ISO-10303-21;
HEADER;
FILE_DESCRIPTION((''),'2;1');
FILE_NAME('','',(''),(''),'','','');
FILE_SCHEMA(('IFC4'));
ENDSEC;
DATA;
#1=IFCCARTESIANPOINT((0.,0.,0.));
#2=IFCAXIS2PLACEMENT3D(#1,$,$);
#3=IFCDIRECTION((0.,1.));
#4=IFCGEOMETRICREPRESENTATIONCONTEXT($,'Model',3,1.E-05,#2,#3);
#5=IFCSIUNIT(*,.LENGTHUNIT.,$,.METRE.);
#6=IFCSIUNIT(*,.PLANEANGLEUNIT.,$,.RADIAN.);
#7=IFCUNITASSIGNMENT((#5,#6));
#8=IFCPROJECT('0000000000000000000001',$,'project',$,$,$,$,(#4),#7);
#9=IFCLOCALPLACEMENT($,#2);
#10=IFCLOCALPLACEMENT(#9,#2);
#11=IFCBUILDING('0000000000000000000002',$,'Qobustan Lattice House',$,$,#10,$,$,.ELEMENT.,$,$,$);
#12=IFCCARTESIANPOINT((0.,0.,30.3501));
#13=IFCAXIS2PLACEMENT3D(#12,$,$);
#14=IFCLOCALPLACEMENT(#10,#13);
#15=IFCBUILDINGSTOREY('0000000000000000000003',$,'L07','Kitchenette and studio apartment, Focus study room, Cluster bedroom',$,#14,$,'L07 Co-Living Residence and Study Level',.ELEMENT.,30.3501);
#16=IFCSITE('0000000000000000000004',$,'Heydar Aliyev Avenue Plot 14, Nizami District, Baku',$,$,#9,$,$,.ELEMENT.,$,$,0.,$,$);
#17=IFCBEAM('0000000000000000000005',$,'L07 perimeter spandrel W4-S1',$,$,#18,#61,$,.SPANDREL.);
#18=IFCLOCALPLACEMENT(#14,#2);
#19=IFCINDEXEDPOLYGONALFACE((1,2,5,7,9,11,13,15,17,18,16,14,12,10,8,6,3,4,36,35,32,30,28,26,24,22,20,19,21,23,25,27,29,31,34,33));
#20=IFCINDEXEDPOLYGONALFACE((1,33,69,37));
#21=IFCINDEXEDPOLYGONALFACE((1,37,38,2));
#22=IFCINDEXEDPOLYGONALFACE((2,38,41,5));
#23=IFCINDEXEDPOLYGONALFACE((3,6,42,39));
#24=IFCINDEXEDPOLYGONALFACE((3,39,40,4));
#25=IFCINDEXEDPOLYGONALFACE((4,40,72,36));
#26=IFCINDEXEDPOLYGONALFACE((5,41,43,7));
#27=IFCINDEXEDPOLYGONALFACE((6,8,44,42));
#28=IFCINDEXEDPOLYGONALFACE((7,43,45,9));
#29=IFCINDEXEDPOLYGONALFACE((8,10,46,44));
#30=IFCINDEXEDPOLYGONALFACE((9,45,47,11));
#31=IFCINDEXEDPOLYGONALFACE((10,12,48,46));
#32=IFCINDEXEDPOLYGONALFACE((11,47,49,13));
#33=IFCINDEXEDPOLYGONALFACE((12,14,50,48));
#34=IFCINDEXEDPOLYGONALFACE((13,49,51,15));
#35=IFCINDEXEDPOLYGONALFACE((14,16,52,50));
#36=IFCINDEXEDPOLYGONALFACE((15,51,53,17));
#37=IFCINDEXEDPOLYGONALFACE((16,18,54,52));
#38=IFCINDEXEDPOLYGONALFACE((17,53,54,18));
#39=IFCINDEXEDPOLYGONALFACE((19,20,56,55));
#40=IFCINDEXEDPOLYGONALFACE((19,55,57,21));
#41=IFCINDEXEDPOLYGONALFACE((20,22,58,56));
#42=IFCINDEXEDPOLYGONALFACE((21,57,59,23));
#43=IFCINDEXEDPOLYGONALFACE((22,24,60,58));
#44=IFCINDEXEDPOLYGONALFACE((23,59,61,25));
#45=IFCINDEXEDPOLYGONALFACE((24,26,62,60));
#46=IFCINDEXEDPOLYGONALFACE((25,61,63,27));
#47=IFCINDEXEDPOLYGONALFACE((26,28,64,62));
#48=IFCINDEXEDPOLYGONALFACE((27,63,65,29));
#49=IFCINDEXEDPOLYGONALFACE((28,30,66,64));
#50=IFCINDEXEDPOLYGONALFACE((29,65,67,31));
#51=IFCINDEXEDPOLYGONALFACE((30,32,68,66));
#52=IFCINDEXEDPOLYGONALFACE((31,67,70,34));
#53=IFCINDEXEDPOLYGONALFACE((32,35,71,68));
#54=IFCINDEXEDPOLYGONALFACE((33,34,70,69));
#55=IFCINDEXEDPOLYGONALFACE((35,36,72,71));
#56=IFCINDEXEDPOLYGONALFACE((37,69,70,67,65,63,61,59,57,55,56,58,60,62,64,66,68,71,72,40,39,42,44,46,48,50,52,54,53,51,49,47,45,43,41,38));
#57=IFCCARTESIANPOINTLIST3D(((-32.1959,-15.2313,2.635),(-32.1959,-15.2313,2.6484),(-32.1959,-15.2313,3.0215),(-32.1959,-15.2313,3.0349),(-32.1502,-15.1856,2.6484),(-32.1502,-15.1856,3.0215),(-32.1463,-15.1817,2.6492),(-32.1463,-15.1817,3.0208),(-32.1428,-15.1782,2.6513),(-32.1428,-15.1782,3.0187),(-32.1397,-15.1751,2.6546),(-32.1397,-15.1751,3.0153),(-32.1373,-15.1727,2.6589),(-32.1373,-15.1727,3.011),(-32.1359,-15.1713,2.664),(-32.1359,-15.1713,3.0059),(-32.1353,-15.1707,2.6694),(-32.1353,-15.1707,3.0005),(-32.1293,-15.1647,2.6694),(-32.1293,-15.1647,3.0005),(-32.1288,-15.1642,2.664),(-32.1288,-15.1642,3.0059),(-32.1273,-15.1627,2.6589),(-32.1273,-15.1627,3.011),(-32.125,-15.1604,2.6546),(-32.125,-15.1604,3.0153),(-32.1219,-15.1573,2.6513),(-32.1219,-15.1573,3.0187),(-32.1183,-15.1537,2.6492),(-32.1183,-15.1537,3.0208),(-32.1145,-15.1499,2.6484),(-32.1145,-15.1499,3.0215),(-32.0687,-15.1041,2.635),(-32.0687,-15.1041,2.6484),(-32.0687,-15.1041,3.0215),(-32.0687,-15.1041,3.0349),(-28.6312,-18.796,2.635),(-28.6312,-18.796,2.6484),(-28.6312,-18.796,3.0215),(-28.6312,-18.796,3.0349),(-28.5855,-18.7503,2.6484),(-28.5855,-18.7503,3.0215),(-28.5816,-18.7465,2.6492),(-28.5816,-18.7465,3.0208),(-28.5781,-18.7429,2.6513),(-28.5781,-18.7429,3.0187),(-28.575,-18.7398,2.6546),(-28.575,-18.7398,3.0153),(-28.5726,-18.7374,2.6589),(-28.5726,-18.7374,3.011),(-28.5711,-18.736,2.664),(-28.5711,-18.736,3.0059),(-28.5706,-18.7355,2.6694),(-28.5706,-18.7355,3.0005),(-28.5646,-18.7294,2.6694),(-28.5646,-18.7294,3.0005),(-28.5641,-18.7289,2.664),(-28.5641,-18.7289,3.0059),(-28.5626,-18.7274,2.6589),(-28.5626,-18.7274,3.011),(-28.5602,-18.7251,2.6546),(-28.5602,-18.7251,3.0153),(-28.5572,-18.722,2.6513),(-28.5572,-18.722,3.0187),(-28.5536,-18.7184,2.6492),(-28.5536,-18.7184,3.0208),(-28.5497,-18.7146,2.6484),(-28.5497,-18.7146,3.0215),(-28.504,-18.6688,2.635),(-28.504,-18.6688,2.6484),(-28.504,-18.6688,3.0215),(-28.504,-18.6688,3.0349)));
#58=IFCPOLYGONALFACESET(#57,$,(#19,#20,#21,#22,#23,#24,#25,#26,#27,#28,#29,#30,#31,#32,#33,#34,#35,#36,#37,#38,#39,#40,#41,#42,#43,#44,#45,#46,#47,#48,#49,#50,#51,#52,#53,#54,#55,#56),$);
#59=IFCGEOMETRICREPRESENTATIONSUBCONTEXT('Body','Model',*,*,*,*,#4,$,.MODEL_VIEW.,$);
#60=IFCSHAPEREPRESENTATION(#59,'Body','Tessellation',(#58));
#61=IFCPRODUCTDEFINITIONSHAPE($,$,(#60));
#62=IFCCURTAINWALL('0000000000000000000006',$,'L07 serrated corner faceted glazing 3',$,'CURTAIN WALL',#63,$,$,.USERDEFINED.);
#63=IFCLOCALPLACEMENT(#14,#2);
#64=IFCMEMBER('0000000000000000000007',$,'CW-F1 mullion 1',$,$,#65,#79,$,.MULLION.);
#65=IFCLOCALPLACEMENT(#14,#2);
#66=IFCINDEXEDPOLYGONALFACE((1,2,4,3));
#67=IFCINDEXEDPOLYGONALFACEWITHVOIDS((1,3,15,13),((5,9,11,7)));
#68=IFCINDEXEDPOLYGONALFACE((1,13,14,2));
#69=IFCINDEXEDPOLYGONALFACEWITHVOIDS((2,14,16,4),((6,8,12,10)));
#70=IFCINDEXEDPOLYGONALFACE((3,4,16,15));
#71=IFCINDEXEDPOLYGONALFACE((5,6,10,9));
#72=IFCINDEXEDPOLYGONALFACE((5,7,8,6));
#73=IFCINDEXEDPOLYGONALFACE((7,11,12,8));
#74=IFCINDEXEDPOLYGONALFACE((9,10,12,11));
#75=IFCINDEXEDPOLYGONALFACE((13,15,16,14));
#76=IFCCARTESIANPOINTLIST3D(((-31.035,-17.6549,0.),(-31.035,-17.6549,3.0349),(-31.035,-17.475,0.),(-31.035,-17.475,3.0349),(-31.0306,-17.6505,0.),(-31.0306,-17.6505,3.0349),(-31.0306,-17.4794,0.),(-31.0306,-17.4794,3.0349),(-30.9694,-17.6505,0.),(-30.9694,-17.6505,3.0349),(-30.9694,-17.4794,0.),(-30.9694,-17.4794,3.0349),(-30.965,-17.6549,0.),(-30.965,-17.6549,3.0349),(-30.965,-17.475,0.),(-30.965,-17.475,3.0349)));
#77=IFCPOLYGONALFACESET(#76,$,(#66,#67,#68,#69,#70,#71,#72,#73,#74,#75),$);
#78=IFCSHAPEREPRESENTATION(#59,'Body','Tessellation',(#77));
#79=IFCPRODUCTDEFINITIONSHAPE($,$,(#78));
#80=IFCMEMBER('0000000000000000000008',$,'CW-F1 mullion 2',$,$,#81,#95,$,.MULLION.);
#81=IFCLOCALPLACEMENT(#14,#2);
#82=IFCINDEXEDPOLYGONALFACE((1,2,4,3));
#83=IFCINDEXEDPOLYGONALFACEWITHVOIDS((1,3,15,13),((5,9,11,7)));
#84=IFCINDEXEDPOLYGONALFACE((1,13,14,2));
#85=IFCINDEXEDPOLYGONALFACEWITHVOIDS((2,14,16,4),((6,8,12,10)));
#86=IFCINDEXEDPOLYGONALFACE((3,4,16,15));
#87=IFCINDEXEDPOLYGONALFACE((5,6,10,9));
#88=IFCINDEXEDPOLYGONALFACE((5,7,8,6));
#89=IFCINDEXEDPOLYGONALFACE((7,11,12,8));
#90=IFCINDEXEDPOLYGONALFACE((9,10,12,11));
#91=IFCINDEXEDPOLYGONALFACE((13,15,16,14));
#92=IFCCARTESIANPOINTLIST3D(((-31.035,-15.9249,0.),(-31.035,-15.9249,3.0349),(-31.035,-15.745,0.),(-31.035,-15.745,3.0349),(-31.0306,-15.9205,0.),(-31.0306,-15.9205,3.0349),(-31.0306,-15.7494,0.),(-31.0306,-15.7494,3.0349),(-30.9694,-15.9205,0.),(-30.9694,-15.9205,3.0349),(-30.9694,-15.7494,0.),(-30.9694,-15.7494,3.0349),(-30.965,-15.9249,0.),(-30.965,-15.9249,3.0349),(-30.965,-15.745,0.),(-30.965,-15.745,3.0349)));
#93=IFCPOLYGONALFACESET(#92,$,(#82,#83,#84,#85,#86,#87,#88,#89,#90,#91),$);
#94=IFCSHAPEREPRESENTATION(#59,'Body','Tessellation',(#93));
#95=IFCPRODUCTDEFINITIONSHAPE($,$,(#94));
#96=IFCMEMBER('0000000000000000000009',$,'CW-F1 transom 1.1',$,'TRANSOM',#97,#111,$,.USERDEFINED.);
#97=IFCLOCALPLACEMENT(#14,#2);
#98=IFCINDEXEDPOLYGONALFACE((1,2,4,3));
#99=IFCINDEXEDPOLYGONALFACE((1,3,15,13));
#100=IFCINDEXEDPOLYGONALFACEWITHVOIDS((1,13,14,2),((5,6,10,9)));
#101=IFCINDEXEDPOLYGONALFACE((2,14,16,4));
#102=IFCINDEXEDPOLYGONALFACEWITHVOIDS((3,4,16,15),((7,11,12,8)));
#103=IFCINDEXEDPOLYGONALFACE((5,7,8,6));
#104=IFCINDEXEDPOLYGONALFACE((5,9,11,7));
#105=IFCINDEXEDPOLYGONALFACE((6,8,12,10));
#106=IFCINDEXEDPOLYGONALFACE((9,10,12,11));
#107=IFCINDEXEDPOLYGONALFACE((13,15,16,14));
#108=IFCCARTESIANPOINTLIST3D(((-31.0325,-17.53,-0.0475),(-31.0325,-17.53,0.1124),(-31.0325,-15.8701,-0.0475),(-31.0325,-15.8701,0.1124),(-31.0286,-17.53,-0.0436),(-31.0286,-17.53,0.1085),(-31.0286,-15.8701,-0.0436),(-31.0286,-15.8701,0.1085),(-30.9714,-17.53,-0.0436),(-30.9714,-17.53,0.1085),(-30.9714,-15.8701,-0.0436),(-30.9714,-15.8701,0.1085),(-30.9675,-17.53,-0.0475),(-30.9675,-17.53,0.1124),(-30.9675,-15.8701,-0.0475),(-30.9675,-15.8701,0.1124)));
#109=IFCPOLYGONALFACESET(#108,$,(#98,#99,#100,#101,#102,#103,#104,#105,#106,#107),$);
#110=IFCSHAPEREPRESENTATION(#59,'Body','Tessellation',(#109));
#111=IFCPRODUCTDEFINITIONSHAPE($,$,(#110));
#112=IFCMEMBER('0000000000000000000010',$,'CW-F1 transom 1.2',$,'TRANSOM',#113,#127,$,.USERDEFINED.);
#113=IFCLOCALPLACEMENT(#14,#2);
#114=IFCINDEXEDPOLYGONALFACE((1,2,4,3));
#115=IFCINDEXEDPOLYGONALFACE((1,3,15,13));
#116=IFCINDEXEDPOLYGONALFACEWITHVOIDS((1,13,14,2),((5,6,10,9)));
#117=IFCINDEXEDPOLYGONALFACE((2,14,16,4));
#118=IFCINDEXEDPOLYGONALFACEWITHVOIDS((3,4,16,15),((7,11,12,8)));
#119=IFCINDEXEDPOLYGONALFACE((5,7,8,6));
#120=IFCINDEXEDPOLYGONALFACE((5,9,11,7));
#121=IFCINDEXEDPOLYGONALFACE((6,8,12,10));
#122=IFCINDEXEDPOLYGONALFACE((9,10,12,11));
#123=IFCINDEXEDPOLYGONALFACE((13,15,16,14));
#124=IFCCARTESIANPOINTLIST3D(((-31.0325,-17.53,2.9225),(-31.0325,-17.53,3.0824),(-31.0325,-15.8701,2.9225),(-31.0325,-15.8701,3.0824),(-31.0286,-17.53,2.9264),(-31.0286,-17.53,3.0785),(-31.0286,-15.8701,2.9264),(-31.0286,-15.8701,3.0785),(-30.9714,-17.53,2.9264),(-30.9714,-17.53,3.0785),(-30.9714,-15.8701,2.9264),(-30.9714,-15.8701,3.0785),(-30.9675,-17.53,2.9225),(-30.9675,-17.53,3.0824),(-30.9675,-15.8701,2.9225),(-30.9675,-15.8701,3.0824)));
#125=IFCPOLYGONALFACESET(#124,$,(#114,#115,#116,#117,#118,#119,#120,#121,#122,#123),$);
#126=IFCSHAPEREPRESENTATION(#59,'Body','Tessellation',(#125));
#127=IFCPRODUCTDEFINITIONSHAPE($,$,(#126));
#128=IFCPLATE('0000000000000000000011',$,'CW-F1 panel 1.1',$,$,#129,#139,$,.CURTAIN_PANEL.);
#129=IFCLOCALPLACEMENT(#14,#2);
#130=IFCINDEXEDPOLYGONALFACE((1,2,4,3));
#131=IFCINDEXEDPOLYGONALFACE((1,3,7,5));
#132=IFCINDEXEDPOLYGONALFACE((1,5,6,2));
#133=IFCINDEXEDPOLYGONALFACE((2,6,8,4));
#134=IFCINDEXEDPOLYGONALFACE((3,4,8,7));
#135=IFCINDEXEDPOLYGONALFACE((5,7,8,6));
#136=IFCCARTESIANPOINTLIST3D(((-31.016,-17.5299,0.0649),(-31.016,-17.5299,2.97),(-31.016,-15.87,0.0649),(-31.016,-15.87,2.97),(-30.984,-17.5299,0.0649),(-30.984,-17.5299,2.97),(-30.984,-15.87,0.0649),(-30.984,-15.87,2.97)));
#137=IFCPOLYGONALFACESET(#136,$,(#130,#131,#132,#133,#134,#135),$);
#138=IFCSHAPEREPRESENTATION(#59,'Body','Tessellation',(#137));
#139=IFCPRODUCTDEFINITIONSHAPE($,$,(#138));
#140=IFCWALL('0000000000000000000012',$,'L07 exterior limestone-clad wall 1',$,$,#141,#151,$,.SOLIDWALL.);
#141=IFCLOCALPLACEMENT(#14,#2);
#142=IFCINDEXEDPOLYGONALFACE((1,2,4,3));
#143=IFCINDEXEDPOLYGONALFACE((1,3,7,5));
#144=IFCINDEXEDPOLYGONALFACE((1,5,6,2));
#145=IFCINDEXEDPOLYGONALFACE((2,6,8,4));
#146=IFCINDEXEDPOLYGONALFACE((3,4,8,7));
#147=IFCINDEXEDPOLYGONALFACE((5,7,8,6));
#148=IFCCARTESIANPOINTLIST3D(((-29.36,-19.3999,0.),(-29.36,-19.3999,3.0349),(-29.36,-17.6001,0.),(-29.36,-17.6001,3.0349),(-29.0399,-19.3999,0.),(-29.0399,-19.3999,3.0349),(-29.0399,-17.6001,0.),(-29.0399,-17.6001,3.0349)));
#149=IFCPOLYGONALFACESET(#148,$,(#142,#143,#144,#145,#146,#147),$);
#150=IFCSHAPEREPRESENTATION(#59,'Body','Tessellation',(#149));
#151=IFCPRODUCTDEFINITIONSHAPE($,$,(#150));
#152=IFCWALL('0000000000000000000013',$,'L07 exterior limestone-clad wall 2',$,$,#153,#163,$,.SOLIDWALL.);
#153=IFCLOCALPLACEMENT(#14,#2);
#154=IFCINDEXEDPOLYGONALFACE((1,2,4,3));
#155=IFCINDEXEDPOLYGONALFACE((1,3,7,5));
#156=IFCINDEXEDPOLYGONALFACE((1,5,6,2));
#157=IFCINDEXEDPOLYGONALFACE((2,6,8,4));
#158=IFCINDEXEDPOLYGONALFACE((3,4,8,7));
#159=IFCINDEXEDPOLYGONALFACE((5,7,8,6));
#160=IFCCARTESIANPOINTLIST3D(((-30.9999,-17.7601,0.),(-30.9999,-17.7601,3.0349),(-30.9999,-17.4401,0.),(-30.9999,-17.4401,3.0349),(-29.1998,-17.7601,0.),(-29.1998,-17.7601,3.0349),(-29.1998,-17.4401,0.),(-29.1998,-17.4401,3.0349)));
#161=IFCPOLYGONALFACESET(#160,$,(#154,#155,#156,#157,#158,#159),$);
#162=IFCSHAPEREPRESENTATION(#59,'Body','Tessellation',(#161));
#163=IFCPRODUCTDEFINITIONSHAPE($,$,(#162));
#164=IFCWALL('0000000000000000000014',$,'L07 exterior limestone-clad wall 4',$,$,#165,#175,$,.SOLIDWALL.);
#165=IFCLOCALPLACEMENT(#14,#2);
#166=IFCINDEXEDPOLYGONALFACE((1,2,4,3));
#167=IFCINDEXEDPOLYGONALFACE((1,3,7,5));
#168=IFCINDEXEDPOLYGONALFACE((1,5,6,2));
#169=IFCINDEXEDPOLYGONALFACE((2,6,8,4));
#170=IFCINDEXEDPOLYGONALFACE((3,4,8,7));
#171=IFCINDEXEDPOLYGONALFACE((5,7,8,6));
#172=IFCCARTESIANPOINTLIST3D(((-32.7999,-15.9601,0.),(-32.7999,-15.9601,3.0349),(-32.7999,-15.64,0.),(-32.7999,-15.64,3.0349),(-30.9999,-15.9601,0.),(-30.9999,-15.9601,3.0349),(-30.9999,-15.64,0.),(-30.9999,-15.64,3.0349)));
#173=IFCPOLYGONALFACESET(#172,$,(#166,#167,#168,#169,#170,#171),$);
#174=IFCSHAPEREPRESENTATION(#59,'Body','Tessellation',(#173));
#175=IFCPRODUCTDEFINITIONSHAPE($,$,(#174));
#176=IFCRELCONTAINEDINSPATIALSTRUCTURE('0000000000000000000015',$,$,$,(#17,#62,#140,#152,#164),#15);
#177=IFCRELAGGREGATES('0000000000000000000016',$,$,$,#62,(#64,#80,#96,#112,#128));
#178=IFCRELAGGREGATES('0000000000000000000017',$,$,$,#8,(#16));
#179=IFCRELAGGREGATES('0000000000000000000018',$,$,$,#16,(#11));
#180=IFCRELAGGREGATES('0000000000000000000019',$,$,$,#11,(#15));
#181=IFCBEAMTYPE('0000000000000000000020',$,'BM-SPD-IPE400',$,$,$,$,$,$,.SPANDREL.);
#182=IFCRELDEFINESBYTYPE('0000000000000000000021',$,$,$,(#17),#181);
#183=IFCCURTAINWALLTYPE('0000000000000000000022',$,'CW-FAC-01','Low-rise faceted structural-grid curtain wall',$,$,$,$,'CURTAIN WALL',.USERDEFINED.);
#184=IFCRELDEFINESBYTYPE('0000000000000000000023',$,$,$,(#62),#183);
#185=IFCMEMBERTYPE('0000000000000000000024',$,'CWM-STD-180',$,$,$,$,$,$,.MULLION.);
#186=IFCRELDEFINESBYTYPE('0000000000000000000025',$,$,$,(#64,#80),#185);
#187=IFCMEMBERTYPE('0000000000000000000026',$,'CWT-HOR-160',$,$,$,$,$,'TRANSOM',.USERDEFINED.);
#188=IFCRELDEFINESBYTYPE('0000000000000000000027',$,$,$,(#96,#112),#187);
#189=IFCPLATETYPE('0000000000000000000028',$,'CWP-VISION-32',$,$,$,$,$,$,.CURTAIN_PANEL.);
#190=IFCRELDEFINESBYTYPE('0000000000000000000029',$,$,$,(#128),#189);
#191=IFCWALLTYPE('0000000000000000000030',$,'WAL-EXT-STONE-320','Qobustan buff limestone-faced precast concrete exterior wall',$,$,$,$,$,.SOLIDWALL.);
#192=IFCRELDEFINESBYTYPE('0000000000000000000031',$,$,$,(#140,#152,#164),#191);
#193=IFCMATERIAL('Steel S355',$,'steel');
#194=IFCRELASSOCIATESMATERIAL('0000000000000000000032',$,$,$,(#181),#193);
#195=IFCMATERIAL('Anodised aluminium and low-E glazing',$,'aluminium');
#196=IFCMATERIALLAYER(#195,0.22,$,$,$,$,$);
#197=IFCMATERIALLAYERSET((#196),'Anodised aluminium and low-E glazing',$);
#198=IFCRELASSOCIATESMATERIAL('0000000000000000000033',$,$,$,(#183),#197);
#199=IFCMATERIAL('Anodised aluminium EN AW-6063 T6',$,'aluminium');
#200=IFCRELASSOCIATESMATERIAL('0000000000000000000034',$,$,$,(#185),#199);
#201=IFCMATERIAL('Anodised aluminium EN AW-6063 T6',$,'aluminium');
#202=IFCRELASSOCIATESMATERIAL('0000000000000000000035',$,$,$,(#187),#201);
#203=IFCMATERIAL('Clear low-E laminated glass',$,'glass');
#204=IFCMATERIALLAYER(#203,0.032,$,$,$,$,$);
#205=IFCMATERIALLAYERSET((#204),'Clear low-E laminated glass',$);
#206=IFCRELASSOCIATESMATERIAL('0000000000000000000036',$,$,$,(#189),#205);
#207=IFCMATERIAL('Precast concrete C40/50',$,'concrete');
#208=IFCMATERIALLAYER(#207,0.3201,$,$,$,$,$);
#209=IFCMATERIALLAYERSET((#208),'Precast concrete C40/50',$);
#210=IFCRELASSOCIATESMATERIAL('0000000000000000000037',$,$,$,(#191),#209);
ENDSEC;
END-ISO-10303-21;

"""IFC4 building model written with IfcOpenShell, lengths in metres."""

from ifc_helpers import new_model, si_unit, direction, frame, frame_2d, origin, origin_2d, place, context, subcontext, project, spatial, rectangle, hollow_rectangle, i_section, extrude, material, layer, layer_set, material_profile, profile_set, type_object, element, aggregate, save


model = new_model("IFC4")

# Units and contexts
model_context = context("Model", 3, precision=1e-05, world=origin(), true_north=direction((0.0, 1.0)))
body_context = subcontext(model_context, "Body", "Model", "MODEL_VIEW")
ifc_project = project(units=[si_unit("LENGTHUNIT", "METRE"), si_unit("PLANEANGLEUNIT", "RADIAN")], contexts=[model_context])

# Site, building, storey
site_placement = place(None, origin())
site = spatial("IfcSite", under=ifc_project, at=site_placement, Name="Heydar Aliyev Avenue Plot 14, Nizami District, Baku", CompositionType="ELEMENT", RefElevation=0.0)
building_placement = place(site_placement, origin())
building = spatial("IfcBuilding", under=site, at=building_placement, Name="Qobustan Lattice House", CompositionType="ELEMENT")
storey_placement = place(building_placement, frame((0.0, 0.0, 30.3501)))
storey = spatial("IfcBuildingStorey", under=building, at=storey_placement, Name="L07", Description="Kitchenette and studio apartment, Focus study room, Cluster bedroom", LongName="L07 Co-Living Residence and Study Level", CompositionType="ELEMENT", Elevation=30.3501)

# Beam
ifc_material_1 = material(Name="Steel S355", Category="steel")
ifc_material_profile_1 = material_profile(ifc_material_1, i_section(OverallWidth=0.1799, OverallDepth=0.3999, WebThickness=0.0085, FlangeThickness=0.0134, FilletRadius=0.021, at=origin_2d()), Name="IPE400")
ifc_profile_set_1 = profile_set([ifc_material_profile_1], Name="Steel S355")
beam_type_1 = type_object("IfcBeamType", Name="BM-SPD-IPE400", PredefinedType="SPANDREL", material=ifc_profile_set_1)
beam_1_placement = place(storey_placement, frame((-32.1323, -15.1677, 2.835), z_axis=(0.707107, -0.707107, 0.0), x_axis=(0.707107, 0.707107, 0.0)))
element("IfcBeam", 1, at=beam_1_placement, inside=storey, type_object=beam_type_1, Name="L07 perimeter spandrel W4-S1", PredefinedType="SPANDREL", context=body_context, shape_type="SweptSolid", body=[
    extrude(i_section(OverallWidth=0.1799, OverallDepth=0.3999, WebThickness=0.0085, FlangeThickness=0.0134, FilletRadius=0.021, at=origin_2d()), origin(), (0.0, 0.0, 1.0), 5.0413),
])

# Curtain wall, members, plate
ifc_material_2 = material(Name="Anodised aluminium and low-E glazing", Category="aluminium")
ifc_layer_1 = layer(ifc_material_2, 0.22)
ifc_layer_set_1 = layer_set([ifc_layer_1], Name="Anodised aluminium and low-E glazing")
curtain_wall_type = type_object("IfcCurtainWallType", Name="CW-FAC-01", Description="Low-rise faceted structural-grid curtain wall", ElementType="CURTAIN WALL", PredefinedType="USERDEFINED", material=ifc_layer_set_1)
curtain_wall_placement = place(storey_placement, origin())
curtain_wall = element("IfcCurtainWall", 2, at=curtain_wall_placement, inside=storey, type_object=curtain_wall_type, Name="L07 serrated corner faceted glazing 3", ObjectType="CURTAIN WALL", PredefinedType="USERDEFINED")
ifc_material_3 = material(Name="Anodised aluminium EN AW-6063 T6", Category="aluminium")
ifc_material_profile_2 = material_profile(ifc_material_3, hollow_rectangle(XDim=0.0701, YDim=0.1799, WallThickness=0.0044, at=origin_2d()), Name="CWM-180x70")
ifc_profile_set_2 = profile_set([ifc_material_profile_2], Name="Anodised aluminium EN AW-6063 T6")
member_type_1 = type_object("IfcMemberType", Name="CWM-STD-180", PredefinedType="MULLION", material=ifc_profile_set_2)
member_1_placement = place(storey_placement, frame((-31.0, -17.5649, 0.0), z_axis=(0.0, 0.0, 1.0), x_axis=(-1.0, 0.0, 0.0)))
member_1 = element("IfcMember", 3, at=member_1_placement, type_object=member_type_1, Name="CW-F1 mullion 1", PredefinedType="MULLION", context=body_context, shape_type="SweptSolid", body=[
    extrude(hollow_rectangle(XDim=0.0701, YDim=0.1799, WallThickness=0.0044, at=origin_2d()), origin(), (0.0, 0.0, 1.0), 3.0349),
])
member_2_placement = place(storey_placement, frame((-31.0, -15.835, 0.0), z_axis=(0.0, 0.0, 1.0), x_axis=(-1.0, 0.0, 0.0)))
member_2 = element("IfcMember", 4, at=member_2_placement, type_object=member_type_1, Name="CW-F1 mullion 2", PredefinedType="MULLION", context=body_context, shape_type="SweptSolid", body=[
    extrude(hollow_rectangle(XDim=0.0701, YDim=0.1799, WallThickness=0.0044, at=origin_2d()), origin(), (0.0, 0.0, 1.0), 3.0349),
])
ifc_material_4 = material(Name="Anodised aluminium EN AW-6063 T6", Category="aluminium")
ifc_material_profile_3 = material_profile(ifc_material_4, hollow_rectangle(XDim=0.0649, YDim=0.1599, WallThickness=0.0039, at=origin_2d()), Name="CWT-160x65")
ifc_profile_set_3 = profile_set([ifc_material_profile_3], Name="Anodised aluminium EN AW-6063 T6")
member_type_2 = type_object("IfcMemberType", Name="CWT-HOR-160", ElementType="TRANSOM", PredefinedType="USERDEFINED", material=ifc_profile_set_3)
member_3_placement = place(storey_placement, frame((-31.0, -17.53, 0.0325), z_axis=(0.0, 1.0, 0.0), x_axis=(-1.0, 0.0, 0.0)))
member_3 = element("IfcMember", 5, at=member_3_placement, type_object=member_type_2, Name="CW-F1 transom 1.1", ObjectType="TRANSOM", PredefinedType="USERDEFINED", context=body_context, shape_type="SweptSolid", body=[
    extrude(hollow_rectangle(XDim=0.0649, YDim=0.1599, WallThickness=0.0039, at=origin_2d()), origin(), (0.0, 0.0, 1.0), 1.6599),
])
member_4_placement = place(storey_placement, frame((-31.0, -17.53, 3.0024), z_axis=(0.0, 1.0, 0.0), x_axis=(-1.0, 0.0, 0.0)))
member_4 = element("IfcMember", 6, at=member_4_placement, type_object=member_type_2, Name="CW-F1 transom 1.2", ObjectType="TRANSOM", PredefinedType="USERDEFINED", context=body_context, shape_type="SweptSolid", body=[
    extrude(hollow_rectangle(XDim=0.0649, YDim=0.1599, WallThickness=0.0039, at=origin_2d()), origin(), (0.0, 0.0, 1.0), 1.6599),
])
ifc_material_5 = material(Name="Clear low-E laminated glass", Category="glass")
ifc_layer_2 = layer(ifc_material_5, 0.032)
ifc_layer_set_2 = layer_set([ifc_layer_2], Name="Clear low-E laminated glass")
plate_type = type_object("IfcPlateType", Name="CWP-VISION-32", PredefinedType="CURTAIN_PANEL", material=ifc_layer_set_2)
plate_placement = place(storey_placement, frame((-31.0, -16.7, 0.0649), z_axis=(0.0, 0.0, 1.0), x_axis=(0.0, 1.0, 0.0)))
plate = element("IfcPlate", 7, at=plate_placement, type_object=plate_type, Name="CW-F1 panel 1.1", PredefinedType="CURTAIN_PANEL", context=body_context, shape_type="SweptSolid", body=[
    extrude(rectangle(XDim=1.6599, YDim=0.032, at=origin_2d()), origin(), (0.0, 0.0, 1.0), 2.905),
])
aggregate(curtain_wall, [member_1, member_2, member_3, member_4, plate])

# Walls
ifc_material_6 = material(Name="Precast concrete C40/50", Category="concrete")
ifc_layer_3 = layer(ifc_material_6, 0.3201)
ifc_layer_set_3 = layer_set([ifc_layer_3], Name="Precast concrete C40/50")
wall_type = type_object("IfcWallType", Name="WAL-EXT-STONE-320", Description="Qobustan buff limestone-faced precast concrete exterior wall", PredefinedType="SOLIDWALL", material=ifc_layer_set_3)
wall_1_placement = place(storey_placement, frame((-29.2, -19.3999, 0.0), z_axis=(0.0, 0.0, 1.0), x_axis=(0.0, 1.0, 0.0)))
element("IfcWall", 8, at=wall_1_placement, inside=storey, type_object=wall_type, Name="L07 exterior limestone-clad wall 1", PredefinedType="SOLIDWALL", context=body_context, shape_type="SweptSolid", body=[
    extrude(rectangle(XDim=1.7998, YDim=0.3201, at=frame_2d((0.8999, 0.0))), origin(), (0.0, 0.0, 1.0), 3.0349),
])
for number, where, z_axis, x_axis, name in (
    (9, (-29.2, -17.6001, 0.0), (0.0, 0.0, 1.0), (-1.0, 0.0, 0.0), "L07 exterior limestone-clad wall 2"),
    (10, (-31.0, -15.8, 0.0), (0.0, 0.0, 1.0), (-1.0, 0.0, 0.0), "L07 exterior limestone-clad wall 4"),
):
    element("IfcWall", number, at=place(storey_placement, frame(where, z_axis=z_axis, x_axis=x_axis)), inside=storey, type_object=wall_type, Name=name, PredefinedType="SOLIDWALL", context=body_context, shape_type="SweptSolid", body=[
        extrude(rectangle(XDim=1.8, YDim=0.3201, at=frame_2d((0.8999, 0.0))), origin(), (0.0, 0.0, 1.0), 3.0349),
    ])

save(model, "model.ifc")
